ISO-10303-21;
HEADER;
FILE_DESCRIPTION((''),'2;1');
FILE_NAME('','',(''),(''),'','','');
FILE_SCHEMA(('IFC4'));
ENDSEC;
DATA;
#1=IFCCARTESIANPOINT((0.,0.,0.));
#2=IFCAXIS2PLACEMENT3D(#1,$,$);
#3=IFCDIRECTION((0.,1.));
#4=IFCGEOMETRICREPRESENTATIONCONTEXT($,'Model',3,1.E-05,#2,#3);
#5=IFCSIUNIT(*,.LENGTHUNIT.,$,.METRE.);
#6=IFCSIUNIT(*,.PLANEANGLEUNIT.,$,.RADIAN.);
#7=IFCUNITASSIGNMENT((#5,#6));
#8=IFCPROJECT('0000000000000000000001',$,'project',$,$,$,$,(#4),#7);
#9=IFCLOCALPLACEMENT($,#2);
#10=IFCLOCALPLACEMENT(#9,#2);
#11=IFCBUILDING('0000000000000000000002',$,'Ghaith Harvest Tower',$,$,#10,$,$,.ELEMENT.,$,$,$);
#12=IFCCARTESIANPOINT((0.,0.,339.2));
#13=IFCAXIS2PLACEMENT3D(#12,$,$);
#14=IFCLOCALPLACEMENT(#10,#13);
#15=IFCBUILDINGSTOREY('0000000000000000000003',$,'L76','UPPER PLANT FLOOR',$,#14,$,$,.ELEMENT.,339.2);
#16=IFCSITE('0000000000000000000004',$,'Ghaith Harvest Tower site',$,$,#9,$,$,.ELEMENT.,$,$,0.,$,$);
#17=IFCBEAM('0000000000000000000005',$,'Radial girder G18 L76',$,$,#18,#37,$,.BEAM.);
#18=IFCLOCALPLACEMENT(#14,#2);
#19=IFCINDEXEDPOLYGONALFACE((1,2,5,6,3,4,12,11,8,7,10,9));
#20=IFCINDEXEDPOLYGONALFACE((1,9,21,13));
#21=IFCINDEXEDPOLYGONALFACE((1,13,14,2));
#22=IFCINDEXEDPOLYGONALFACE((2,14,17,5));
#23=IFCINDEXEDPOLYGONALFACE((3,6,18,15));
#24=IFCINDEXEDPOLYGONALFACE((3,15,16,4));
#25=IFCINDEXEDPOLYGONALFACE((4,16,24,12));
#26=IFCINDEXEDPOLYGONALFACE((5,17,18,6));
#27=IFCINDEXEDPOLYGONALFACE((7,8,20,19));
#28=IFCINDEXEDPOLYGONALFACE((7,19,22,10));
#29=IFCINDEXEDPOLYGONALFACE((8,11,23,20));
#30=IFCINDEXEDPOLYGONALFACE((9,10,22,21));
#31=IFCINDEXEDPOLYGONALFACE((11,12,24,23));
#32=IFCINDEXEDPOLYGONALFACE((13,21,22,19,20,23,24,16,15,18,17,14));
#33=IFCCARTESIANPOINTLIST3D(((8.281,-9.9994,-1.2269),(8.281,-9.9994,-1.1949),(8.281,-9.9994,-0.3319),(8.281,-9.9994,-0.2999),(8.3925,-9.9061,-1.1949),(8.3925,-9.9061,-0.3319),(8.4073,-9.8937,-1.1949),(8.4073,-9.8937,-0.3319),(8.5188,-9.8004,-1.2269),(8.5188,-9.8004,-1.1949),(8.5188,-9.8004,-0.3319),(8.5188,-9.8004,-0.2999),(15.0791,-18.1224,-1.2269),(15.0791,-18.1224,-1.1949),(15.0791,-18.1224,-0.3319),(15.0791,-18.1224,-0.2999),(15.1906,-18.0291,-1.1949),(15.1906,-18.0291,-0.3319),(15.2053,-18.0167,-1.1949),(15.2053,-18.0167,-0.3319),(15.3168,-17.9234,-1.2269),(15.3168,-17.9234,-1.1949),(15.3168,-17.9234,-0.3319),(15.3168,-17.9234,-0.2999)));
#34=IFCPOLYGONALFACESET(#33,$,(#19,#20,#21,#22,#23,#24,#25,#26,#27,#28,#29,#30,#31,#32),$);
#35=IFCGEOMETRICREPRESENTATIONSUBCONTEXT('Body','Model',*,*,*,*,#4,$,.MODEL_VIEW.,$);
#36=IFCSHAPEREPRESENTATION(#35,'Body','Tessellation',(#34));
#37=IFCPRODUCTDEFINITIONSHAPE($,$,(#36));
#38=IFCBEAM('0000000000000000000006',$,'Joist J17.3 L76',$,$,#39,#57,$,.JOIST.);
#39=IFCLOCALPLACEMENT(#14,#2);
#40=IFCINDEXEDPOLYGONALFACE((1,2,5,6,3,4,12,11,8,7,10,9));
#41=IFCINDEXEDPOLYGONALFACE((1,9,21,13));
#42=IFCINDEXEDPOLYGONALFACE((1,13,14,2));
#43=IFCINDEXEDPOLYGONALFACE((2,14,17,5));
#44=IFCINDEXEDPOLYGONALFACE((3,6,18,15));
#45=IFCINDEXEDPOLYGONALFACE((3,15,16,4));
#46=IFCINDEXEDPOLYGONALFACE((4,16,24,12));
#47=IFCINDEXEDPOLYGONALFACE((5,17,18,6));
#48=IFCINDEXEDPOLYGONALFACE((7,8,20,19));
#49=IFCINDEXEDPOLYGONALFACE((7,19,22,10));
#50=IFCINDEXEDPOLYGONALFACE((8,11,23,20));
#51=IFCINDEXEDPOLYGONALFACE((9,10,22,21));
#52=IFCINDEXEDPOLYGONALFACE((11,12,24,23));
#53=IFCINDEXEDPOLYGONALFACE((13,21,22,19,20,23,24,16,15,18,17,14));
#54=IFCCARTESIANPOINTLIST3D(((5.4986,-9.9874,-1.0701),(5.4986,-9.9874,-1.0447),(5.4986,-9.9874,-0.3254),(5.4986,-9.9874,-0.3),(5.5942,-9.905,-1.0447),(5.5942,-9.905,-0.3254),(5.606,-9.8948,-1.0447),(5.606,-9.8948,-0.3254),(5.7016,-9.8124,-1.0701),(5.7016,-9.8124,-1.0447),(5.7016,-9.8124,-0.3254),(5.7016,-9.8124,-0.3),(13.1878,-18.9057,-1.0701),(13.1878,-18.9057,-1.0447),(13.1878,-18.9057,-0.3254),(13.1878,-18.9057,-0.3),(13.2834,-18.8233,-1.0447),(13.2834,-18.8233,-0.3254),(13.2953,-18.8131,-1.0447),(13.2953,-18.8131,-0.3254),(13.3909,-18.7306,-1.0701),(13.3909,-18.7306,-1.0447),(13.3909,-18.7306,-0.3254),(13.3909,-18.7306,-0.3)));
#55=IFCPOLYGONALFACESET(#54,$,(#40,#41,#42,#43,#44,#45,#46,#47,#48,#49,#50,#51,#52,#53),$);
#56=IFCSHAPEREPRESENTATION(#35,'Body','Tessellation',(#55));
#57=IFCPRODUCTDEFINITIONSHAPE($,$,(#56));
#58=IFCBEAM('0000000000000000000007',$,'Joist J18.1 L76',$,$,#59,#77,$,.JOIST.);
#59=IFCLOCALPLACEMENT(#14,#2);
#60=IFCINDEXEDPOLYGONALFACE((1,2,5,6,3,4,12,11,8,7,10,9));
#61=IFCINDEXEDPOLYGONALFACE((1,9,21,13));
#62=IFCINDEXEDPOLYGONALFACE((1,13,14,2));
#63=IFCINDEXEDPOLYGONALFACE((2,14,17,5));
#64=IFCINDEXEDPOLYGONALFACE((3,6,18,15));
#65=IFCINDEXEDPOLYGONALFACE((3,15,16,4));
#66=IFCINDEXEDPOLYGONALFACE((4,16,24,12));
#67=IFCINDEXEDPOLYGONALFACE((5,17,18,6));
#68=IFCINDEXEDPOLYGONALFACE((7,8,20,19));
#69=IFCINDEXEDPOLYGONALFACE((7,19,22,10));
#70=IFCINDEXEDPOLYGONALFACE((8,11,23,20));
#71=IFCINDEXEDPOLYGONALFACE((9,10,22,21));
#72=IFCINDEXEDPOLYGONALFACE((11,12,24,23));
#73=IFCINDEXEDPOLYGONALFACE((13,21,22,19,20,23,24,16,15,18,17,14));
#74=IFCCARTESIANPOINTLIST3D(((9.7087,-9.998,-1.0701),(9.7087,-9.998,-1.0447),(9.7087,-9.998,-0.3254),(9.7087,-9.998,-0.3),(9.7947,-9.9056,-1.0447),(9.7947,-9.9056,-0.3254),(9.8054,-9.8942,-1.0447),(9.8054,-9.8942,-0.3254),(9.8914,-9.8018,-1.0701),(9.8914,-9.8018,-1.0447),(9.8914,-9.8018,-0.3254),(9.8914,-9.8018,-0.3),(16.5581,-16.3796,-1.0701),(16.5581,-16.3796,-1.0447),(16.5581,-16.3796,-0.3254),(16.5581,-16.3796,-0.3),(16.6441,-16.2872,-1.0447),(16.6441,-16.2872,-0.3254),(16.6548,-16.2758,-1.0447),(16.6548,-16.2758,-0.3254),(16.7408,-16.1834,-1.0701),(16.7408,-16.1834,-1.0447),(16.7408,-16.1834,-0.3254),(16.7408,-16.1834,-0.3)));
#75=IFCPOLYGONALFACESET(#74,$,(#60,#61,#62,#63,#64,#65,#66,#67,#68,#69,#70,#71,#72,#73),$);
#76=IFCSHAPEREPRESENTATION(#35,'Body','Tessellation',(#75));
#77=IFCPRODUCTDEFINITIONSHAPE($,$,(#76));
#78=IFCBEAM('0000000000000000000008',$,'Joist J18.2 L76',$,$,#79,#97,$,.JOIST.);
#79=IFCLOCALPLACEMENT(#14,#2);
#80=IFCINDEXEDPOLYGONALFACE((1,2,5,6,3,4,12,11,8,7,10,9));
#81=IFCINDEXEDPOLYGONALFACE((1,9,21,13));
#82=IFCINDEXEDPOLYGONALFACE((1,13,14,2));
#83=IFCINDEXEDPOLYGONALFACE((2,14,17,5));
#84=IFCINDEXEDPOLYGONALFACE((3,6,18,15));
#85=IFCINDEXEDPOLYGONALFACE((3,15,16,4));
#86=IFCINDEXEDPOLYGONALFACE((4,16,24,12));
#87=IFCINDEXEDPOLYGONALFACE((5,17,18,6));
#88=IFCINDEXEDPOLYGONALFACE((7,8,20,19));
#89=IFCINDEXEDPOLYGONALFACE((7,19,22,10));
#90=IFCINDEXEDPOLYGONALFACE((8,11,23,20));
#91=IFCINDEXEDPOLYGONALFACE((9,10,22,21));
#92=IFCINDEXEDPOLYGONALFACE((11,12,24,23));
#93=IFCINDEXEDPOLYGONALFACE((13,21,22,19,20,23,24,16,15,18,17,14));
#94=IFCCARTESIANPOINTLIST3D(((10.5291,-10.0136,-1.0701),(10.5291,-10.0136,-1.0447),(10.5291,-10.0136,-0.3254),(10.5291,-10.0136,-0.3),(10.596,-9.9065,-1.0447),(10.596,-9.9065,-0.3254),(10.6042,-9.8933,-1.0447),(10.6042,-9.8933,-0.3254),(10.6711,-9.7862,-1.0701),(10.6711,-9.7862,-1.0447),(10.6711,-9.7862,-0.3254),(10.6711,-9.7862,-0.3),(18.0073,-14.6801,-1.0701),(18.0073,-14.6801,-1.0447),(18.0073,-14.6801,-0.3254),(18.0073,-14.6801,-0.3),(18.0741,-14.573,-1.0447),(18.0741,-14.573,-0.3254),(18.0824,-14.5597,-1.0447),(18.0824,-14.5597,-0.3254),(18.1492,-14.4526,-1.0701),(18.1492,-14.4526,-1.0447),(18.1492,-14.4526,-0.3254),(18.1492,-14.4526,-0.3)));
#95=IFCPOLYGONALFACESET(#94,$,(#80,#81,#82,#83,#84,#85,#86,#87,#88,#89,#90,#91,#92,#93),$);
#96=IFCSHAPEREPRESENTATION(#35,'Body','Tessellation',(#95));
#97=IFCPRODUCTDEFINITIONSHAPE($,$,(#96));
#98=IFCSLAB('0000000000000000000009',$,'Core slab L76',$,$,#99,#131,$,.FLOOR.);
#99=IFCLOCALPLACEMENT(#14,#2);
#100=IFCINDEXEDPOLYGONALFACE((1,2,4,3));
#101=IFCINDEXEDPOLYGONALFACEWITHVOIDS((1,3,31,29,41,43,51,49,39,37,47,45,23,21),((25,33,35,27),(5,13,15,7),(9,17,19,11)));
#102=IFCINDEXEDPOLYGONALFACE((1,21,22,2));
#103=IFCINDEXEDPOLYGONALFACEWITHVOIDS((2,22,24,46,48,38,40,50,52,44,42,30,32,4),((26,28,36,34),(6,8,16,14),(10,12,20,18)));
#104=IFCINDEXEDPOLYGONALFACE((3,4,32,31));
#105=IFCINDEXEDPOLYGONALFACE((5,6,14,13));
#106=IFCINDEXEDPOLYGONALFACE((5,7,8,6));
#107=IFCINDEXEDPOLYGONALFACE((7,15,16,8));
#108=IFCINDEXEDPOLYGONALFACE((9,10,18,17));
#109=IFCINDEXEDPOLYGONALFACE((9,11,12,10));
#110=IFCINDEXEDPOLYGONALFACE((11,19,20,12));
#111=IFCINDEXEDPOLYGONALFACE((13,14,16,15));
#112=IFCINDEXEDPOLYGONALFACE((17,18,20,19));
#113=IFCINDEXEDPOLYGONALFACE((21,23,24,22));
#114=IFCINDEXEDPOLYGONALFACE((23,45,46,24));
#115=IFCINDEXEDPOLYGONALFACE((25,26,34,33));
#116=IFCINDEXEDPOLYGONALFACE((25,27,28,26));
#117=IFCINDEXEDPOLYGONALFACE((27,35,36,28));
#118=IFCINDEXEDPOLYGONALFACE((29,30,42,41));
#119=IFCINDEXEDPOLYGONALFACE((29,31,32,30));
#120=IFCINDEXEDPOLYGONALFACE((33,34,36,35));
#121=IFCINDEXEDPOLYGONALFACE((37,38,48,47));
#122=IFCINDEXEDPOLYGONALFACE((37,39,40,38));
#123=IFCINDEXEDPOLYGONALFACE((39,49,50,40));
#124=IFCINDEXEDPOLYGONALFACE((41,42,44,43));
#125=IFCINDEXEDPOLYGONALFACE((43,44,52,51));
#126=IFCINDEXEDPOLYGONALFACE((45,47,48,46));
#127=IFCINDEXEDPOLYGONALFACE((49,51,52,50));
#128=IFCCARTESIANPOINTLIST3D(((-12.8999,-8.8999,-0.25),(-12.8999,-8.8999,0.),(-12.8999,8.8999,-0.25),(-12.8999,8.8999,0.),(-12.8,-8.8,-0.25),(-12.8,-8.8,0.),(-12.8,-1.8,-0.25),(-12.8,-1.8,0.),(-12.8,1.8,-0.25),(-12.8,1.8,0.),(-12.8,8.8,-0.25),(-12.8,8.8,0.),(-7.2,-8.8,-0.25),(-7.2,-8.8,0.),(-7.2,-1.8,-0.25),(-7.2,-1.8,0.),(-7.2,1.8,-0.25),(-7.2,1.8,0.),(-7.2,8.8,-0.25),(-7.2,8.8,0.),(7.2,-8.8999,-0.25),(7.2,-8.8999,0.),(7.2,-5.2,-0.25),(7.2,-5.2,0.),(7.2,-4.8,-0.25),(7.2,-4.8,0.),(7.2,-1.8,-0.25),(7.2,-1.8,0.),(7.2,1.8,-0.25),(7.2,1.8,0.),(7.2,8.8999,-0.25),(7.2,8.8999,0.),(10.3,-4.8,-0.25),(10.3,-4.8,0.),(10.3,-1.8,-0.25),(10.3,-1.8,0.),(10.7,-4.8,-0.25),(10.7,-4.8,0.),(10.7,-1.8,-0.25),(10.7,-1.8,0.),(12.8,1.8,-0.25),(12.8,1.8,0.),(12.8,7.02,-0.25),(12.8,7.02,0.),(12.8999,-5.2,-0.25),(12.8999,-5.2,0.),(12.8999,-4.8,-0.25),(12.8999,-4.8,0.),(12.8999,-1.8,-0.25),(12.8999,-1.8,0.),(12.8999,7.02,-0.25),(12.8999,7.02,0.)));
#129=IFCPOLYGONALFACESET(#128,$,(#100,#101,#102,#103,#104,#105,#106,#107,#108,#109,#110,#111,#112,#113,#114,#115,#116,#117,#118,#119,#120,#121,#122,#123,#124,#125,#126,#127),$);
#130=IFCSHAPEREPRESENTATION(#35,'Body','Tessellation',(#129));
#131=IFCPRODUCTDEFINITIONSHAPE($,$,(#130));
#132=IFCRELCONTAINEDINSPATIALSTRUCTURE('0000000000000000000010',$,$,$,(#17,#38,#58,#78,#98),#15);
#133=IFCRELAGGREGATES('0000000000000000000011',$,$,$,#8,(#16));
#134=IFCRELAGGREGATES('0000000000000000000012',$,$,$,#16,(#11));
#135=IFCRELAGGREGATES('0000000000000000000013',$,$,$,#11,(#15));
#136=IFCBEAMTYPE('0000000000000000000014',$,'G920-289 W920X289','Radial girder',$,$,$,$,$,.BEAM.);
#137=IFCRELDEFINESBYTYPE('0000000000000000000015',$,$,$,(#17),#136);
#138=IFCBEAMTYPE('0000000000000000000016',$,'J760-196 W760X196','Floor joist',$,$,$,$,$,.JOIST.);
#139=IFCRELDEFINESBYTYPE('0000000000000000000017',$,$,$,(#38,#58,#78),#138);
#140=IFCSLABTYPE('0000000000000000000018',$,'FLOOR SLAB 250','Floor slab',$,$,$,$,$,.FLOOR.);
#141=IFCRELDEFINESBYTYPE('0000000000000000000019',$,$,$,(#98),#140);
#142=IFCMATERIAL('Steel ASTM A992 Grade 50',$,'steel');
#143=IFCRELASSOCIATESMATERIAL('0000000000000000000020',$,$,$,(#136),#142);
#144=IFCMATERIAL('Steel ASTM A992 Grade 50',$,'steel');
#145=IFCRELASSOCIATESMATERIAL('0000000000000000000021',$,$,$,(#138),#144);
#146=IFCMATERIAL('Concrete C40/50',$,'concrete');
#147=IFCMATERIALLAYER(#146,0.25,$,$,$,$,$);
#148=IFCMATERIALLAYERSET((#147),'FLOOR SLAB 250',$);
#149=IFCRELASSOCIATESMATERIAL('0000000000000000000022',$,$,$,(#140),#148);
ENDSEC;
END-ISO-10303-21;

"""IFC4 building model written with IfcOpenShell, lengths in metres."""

from ifc_helpers import new_model, si_unit, direction, frame, origin, origin_2d, place, context, subcontext, project, spatial, polyline, i_section, outline, extrude, material, layer, layer_set, material_profile, profile_set, type_object, element, save


model = new_model("IFC4")

# Units and contexts
model_context = context("Model", 3, precision=1e-05, world=origin(), true_north=direction((0.0, 1.0)))
body_context = subcontext(model_context, "Body", "Model", "MODEL_VIEW")
ifc_project = project(units=[si_unit("LENGTHUNIT", "METRE"), si_unit("PLANEANGLEUNIT", "RADIAN")], contexts=[model_context])

# Site, building, storey
site_placement = place(None, origin())
site = spatial("IfcSite", under=ifc_project, at=site_placement, Name="Ghaith Harvest Tower site", CompositionType="ELEMENT", RefElevation=0.0)
building_placement = place(site_placement, origin())
building = spatial("IfcBuilding", under=site, at=building_placement, Name="Ghaith Harvest Tower", CompositionType="ELEMENT")
storey_placement = place(building_placement, frame((0.0, 0.0, 339.2)))
storey = spatial("IfcBuildingStorey", under=building, at=storey_placement, Name="L76", Description="UPPER PLANT FLOOR", CompositionType="ELEMENT", Elevation=339.2)

# Beams
ifc_material_1 = material(Name="Steel ASTM A992 Grade 50", Category="steel")
ifc_material_profile_1 = material_profile(ifc_material_1, i_section(OverallWidth=0.3101, OverallDepth=0.927, WebThickness=0.0193, FlangeThickness=0.032, at=origin_2d()), Name="W920X289")
ifc_profile_set_1 = profile_set([ifc_material_profile_1], Name="Steel ASTM A992 Grade 50")
beam_type_1 = type_object("IfcBeamType", Name="G920-289 W920X289", Description="Radial girder", PredefinedType="BEAM", material=ifc_profile_set_1)
beam_1_placement = place(storey_placement, frame((8.3999, -9.8999, -0.7634), z_axis=(0.641793, -0.766878, 0.0), x_axis=(0.766878, 0.641793, 0.0)))
element("IfcBeam", 1, at=beam_1_placement, inside=storey, type_object=beam_type_1, Name="Radial girder G18 L76", PredefinedType="BEAM", context=body_context, shape_type="SweptSolid", body=[
    extrude(i_section(OverallWidth=0.3101, OverallDepth=0.927, WebThickness=0.0193, FlangeThickness=0.032, at=origin_2d()), origin(), (0.0, 0.0, 1.0), 10.5923),
])
ifc_material_2 = material(Name="Steel ASTM A992 Grade 50", Category="steel")
ifc_material_profile_2 = material_profile(ifc_material_2, i_section(OverallWidth=0.2681, OverallDepth=0.77, WebThickness=0.0156, FlangeThickness=0.0254, at=origin_2d()), Name="W760X196")
ifc_profile_set_2 = profile_set([ifc_material_profile_2], Name="Steel ASTM A992 Grade 50")
beam_type_2 = type_object("IfcBeamType", Name="J760-196 W760X196", Description="Floor joist", PredefinedType="JOIST", material=ifc_profile_set_2)
beam_2_placement = place(storey_placement, frame((5.6001, -9.8999, -0.6851), z_axis=(0.652993, -0.757364, 0.0), x_axis=(0.757364, 0.652993, 0.0)))
element("IfcBeam", 2, at=beam_2_placement, inside=storey, type_object=beam_type_2, Name="Joist J17.3 L76", PredefinedType="JOIST", context=body_context, shape_type="SweptSolid", body=[
    extrude(i_section(OverallWidth=0.2681, OverallDepth=0.77, WebThickness=0.0156, FlangeThickness=0.0254, at=origin_2d()), origin(), (0.0, 0.0, 1.0), 11.7754),
])
beam_3_placement = place(storey_placement, frame((9.8, -9.8999, -0.6851), z_axis=(0.731649, -0.681682, 0.0), x_axis=(0.681682, 0.731649, 0.0)))
element("IfcBeam", 3, at=beam_3_placement, inside=storey, type_object=beam_type_2, Name="Joist J18.1 L76", PredefinedType="JOIST", context=body_context, shape_type="SweptSolid", body=[
    extrude(i_section(OverallWidth=0.2681, OverallDepth=0.77, WebThickness=0.0156, FlangeThickness=0.0254, at=origin_2d()), origin(), (0.0, 0.0, 1.0), 9.3616),
])
beam_4_placement = place(storey_placement, frame((10.6001, -9.8999, -0.6851), z_axis=(0.848376, -0.529394, 0.0), x_axis=(0.529394, 0.848376, 0.0)))
element("IfcBeam", 4, at=beam_4_placement, inside=storey, type_object=beam_type_2, Name="Joist J18.2 L76", PredefinedType="JOIST", context=body_context, shape_type="SweptSolid", body=[
    extrude(i_section(OverallWidth=0.2681, OverallDepth=0.77, WebThickness=0.0156, FlangeThickness=0.0254, at=origin_2d()), origin(), (0.0, 0.0, 1.0), 8.8147),
])

# Slab
ifc_material_3 = material(Name="Concrete C40/50", Category="concrete")
ifc_layer_1 = layer(ifc_material_3, 0.25)
ifc_layer_set_1 = layer_set([ifc_layer_1], Name="FLOOR SLAB 250")
slab_type_1 = type_object("IfcSlabType", Name="FLOOR SLAB 250", Description="Floor slab", PredefinedType="FLOOR", material=ifc_layer_set_1)
slab_1_placement = place(storey_placement, frame((0.0, 0.0, -0.25)))
element("IfcSlab", 5, at=slab_1_placement, inside=storey, type_object=slab_type_1, Name="Core slab L76", PredefinedType="FLOOR", context=body_context, shape_type="SweptSolid", body=[
    extrude(outline(polyline([(-12.8999, 8.8999), (7.2, 8.8999), (7.2, 1.8), (12.8, 1.8), (12.8, 7.02), (12.8999, 7.02), (12.8999, -1.8), (10.7, -1.8), (10.7, -4.8), (12.8999, -4.8), (12.8999, -5.2), (7.2, -5.2), (7.2, -8.8999), (-12.8999, -8.8999), (-12.8999, 8.8999)]), holes=[polyline([(-7.2, -1.8), (-12.8, -1.8), (-12.8, -8.8), (-7.2, -8.8), (-7.2, -1.8)]), polyline([(10.3, -1.8), (7.2, -1.8), (7.2, -4.8), (10.3, -4.8), (10.3, -1.8)]), polyline([(-7.2, 1.8), (-7.2, 8.8), (-12.8, 8.8), (-12.8, 1.8), (-7.2, 1.8)])]), origin(), (0.0, 0.0, 1.0), 0.25),
])

save(model, "model.ifc")
